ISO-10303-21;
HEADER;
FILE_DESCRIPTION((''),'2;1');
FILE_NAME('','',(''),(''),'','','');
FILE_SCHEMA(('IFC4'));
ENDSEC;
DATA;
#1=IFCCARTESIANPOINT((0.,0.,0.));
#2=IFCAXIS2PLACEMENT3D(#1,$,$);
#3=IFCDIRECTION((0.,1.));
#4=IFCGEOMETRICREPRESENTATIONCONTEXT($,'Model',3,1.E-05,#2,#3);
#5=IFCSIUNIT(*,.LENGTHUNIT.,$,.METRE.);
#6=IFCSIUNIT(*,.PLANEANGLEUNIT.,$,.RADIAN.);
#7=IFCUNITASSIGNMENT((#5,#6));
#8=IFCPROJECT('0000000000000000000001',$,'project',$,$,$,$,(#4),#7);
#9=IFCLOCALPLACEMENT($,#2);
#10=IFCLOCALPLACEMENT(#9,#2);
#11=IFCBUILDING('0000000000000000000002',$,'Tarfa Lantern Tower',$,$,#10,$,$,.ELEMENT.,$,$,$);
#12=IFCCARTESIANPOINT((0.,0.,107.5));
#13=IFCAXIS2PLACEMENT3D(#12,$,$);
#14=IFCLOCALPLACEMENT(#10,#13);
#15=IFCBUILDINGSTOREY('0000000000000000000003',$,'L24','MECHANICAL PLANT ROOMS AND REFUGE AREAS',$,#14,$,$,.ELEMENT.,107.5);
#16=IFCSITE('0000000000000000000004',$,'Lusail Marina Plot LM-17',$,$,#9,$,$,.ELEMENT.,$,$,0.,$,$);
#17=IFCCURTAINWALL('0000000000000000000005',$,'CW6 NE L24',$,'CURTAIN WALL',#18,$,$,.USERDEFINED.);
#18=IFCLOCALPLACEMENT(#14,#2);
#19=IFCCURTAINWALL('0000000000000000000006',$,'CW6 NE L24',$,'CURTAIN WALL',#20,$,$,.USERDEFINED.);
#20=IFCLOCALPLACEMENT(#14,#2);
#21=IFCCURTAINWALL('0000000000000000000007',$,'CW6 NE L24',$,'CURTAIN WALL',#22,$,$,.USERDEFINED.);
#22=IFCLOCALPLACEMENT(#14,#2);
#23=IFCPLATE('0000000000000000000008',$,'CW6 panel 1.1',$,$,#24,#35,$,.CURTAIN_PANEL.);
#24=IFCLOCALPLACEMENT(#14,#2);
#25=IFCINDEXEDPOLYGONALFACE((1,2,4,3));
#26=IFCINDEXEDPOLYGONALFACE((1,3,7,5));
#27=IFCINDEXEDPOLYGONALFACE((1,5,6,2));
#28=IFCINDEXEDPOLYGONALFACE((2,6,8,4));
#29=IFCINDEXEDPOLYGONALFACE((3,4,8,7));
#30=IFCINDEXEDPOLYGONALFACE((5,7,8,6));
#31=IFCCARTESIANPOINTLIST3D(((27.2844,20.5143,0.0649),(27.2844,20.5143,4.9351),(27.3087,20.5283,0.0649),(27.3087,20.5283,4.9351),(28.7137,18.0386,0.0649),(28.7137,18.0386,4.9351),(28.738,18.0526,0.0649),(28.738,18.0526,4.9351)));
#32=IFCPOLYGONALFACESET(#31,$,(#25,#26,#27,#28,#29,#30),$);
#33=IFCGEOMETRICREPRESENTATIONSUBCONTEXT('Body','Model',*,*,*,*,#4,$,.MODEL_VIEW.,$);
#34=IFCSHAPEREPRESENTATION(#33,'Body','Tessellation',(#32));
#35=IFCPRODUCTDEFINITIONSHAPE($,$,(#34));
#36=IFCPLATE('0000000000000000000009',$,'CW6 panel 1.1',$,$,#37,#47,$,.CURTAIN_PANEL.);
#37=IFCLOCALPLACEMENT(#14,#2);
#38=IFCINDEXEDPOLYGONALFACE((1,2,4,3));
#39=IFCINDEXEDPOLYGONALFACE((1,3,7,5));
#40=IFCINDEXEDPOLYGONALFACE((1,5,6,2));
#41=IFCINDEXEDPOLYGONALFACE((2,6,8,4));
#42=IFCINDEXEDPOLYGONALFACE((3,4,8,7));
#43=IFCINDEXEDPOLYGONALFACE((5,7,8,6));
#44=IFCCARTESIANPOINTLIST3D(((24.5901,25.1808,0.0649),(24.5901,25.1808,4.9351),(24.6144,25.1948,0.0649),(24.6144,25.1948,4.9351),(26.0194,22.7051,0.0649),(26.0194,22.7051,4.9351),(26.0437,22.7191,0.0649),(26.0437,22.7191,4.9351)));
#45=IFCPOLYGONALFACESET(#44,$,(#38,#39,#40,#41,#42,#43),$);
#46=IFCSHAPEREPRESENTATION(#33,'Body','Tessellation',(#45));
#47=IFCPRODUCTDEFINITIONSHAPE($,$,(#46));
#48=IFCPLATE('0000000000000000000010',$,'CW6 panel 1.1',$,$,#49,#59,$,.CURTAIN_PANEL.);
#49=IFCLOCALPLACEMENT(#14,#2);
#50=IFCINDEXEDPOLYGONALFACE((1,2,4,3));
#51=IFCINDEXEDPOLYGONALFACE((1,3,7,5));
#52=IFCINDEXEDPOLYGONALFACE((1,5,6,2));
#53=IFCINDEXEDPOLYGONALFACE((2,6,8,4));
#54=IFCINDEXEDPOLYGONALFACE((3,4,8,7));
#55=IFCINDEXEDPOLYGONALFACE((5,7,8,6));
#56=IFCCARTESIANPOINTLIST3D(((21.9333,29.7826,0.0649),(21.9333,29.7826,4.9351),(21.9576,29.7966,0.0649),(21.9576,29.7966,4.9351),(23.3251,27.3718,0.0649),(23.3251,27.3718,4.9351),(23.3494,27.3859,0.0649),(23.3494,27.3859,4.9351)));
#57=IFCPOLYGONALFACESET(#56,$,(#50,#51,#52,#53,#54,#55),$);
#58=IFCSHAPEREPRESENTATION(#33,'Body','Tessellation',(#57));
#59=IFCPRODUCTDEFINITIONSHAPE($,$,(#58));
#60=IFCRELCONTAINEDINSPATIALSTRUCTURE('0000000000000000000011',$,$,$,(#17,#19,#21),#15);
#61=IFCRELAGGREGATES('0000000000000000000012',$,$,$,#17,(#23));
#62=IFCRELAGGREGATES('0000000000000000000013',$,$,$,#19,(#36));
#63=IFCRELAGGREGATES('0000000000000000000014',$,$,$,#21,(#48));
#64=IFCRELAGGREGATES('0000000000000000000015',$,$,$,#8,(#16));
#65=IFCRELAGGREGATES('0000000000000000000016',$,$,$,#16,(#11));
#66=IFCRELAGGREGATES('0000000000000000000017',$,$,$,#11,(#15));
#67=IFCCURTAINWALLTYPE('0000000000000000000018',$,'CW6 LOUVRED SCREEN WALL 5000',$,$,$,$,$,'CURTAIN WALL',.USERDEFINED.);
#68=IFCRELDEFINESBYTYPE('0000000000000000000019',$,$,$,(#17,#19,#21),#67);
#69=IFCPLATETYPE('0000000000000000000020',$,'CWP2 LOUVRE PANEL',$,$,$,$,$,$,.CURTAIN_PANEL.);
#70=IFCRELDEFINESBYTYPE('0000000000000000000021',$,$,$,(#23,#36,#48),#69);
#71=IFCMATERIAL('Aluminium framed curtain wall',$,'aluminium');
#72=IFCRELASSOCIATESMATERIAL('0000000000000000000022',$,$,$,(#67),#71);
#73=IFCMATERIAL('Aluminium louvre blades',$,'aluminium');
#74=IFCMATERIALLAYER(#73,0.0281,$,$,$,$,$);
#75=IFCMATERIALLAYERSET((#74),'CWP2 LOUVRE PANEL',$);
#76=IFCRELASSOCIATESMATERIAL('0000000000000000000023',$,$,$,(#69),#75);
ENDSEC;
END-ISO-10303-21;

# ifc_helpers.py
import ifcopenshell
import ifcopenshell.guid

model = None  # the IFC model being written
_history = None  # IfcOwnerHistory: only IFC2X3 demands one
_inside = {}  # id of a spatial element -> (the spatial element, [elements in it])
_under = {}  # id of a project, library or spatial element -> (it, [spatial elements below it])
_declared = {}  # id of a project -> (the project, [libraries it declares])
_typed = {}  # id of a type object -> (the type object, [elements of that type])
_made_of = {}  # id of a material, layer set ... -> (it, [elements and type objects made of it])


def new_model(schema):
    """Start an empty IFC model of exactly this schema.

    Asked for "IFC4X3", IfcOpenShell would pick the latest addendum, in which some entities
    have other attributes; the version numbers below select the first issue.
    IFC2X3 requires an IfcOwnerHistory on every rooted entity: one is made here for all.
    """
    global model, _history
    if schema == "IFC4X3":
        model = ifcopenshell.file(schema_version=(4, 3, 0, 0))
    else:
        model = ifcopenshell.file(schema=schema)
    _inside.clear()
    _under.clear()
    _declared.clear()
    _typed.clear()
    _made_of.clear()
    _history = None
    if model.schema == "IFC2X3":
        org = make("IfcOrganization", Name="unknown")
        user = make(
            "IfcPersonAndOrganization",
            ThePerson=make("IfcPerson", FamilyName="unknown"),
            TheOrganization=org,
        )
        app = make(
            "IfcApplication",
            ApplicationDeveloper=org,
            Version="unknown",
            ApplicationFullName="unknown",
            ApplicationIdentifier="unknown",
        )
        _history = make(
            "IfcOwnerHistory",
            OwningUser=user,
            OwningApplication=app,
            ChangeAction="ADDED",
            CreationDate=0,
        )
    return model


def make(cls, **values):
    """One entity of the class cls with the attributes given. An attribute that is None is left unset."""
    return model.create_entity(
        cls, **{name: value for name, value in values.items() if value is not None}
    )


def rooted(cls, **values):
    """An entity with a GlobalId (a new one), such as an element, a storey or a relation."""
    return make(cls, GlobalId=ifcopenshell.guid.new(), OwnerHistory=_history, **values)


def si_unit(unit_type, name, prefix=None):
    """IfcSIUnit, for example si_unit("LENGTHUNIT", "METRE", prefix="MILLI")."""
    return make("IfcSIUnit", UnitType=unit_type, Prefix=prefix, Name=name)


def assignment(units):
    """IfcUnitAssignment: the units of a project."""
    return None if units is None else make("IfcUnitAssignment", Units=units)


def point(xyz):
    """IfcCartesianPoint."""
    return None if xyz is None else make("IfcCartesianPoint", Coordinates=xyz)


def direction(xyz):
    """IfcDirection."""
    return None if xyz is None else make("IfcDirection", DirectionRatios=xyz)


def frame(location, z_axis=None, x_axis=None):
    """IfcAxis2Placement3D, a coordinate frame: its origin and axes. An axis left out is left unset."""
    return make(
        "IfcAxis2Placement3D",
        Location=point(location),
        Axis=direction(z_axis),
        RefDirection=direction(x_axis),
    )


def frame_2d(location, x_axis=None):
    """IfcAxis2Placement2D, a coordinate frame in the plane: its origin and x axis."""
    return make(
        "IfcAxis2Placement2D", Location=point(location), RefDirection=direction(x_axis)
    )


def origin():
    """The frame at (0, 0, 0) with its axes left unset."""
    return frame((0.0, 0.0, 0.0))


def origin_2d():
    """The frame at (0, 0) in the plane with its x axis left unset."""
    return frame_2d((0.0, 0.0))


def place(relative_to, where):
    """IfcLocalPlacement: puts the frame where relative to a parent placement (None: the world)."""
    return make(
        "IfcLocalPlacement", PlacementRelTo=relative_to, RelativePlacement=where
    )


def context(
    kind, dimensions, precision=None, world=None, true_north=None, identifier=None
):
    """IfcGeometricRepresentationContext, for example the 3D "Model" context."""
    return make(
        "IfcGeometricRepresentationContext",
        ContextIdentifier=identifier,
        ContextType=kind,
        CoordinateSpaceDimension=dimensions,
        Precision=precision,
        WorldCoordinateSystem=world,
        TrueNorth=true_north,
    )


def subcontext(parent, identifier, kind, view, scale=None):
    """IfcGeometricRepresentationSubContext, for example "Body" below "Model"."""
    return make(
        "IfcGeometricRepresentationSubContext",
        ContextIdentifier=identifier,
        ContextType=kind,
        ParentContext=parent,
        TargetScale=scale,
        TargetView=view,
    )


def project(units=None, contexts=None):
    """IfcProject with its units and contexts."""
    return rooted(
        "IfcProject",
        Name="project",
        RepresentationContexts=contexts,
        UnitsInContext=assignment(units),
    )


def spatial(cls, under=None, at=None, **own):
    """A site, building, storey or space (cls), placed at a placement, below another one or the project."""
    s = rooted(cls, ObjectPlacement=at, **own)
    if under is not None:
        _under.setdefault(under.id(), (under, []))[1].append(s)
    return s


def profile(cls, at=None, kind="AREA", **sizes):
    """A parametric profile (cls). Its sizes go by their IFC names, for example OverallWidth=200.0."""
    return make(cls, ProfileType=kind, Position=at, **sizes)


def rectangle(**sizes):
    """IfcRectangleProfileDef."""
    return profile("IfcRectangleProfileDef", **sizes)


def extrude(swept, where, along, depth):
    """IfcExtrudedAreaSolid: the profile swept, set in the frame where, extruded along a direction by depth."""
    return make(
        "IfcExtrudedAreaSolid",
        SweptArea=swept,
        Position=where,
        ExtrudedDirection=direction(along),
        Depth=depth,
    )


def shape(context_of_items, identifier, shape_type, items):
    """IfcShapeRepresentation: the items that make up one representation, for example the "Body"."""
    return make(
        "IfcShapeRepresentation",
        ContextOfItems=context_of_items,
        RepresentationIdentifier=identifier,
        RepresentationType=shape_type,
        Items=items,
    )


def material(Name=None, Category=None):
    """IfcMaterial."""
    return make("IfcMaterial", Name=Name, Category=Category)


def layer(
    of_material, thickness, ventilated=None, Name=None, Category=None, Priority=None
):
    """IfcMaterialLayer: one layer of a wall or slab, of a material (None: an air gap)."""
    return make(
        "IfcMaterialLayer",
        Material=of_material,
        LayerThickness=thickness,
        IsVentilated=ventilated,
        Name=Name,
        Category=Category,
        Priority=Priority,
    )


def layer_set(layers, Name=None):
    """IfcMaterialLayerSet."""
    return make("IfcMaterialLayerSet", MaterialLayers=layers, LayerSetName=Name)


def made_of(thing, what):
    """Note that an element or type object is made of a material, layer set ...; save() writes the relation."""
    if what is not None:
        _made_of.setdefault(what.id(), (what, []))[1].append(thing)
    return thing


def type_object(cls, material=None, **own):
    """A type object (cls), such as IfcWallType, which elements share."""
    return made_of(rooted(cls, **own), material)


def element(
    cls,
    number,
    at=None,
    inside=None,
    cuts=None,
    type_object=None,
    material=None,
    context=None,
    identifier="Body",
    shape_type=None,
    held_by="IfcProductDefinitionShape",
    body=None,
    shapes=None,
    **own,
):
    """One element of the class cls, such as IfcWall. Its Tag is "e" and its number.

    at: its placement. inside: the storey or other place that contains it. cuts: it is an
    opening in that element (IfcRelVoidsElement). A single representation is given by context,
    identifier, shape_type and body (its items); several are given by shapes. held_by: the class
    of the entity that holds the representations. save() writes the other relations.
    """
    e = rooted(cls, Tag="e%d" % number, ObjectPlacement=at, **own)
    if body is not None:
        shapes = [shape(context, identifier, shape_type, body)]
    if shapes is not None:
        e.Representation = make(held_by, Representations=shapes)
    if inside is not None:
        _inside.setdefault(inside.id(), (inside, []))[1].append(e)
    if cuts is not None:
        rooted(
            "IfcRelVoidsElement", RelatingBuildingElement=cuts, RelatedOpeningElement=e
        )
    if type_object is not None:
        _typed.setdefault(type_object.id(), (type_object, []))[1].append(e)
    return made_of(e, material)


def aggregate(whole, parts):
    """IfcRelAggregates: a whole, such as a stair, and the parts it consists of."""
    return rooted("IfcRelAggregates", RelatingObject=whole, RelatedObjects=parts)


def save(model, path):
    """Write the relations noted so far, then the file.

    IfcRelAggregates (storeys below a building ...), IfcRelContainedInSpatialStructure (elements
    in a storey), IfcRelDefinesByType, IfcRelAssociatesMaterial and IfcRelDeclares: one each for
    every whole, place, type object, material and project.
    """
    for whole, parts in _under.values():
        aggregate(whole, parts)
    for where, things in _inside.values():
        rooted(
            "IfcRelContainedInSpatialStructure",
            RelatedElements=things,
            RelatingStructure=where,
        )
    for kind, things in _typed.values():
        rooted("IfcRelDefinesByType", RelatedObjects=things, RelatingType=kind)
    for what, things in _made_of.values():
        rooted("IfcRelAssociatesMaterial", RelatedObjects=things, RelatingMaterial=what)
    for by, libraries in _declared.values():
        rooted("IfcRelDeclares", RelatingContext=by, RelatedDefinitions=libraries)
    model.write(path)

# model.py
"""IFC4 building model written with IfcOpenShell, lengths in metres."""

from ifc_helpers import new_model, si_unit, direction, frame, origin, origin_2d, place, context, subcontext, project, spatial, rectangle, extrude, material, layer, layer_set, type_object, element, aggregate, save


model = new_model("IFC4")

# Units and contexts
model_context = context("Model", 3, precision=1e-05, world=origin(), true_north=direction((0.0, 1.0)))
body_context = subcontext(model_context, "Body", "Model", "MODEL_VIEW")
ifc_project = project(units=[si_unit("LENGTHUNIT", "METRE"), si_unit("PLANEANGLEUNIT", "RADIAN")], contexts=[model_context])

# Site, building, storey
site_placement = place(None, origin())
site = spatial("IfcSite", under=ifc_project, at=site_placement, Name="Lusail Marina Plot LM-17", CompositionType="ELEMENT", RefElevation=0.0)
building_placement = place(site_placement, origin())
building = spatial("IfcBuilding", under=site, at=building_placement, Name="Tarfa Lantern Tower", CompositionType="ELEMENT")
storey_placement = place(building_placement, frame((0.0, 0.0, 107.5)))
storey = spatial("IfcBuildingStorey", under=building, at=storey_placement, Name="L24", Description="MECHANICAL PLANT ROOMS AND REFUGE AREAS", CompositionType="ELEMENT", Elevation=107.5)

# Shared definitions
ifc_material_1 = material(Name="Aluminium framed curtain wall", Category="aluminium")
curtain_wall_type = type_object("IfcCurtainWallType", Name="CW6 LOUVRED SCREEN WALL 5000", ElementType="CURTAIN WALL", PredefinedType="USERDEFINED", material=ifc_material_1)

# Curtain walls
curtain_wall_1_placement = place(storey_placement, origin())
curtain_wall_1 = element("IfcCurtainWall", 1, at=curtain_wall_1_placement, inside=storey, type_object=curtain_wall_type, Name="CW6 NE L24", ObjectType="CURTAIN WALL", PredefinedType="USERDEFINED")
curtain_wall_2_placement = place(storey_placement, origin())
curtain_wall_2 = element("IfcCurtainWall", 2, at=curtain_wall_2_placement, inside=storey, type_object=curtain_wall_type, Name="CW6 NE L24", ObjectType="CURTAIN WALL", PredefinedType="USERDEFINED")
curtain_wall_3_placement = place(storey_placement, origin())
curtain_wall_3 = element("IfcCurtainWall", 3, at=curtain_wall_3_placement, inside=storey, type_object=curtain_wall_type, Name="CW6 NE L24", ObjectType="CURTAIN WALL", PredefinedType="USERDEFINED")

# Plates
ifc_material_2 = material(Name="Aluminium louvre blades", Category="aluminium")
ifc_layer = layer(ifc_material_2, 0.0281)
ifc_layer_set = layer_set([ifc_layer], Name="CWP2 LOUVRE PANEL")
plate_type = type_object("IfcPlateType", Name="CWP2 LOUVRE PANEL", PredefinedType="CURTAIN_PANEL", material=ifc_layer_set)
plate_1_placement = place(storey_placement, frame((28.0112, 19.2834, 0.0649), z_axis=(0.0, 0.0, 1.0), x_axis=(-0.5, 0.866025, 0.0)))
plate_1 = element("IfcPlate", 4, at=plate_1_placement, type_object=plate_type, Name="CW6 panel 1.1", PredefinedType="CURTAIN_PANEL", context=body_context, shape_type="SweptSolid", body=[
    extrude(rectangle(XDim=2.8586, YDim=0.0281, at=origin_2d()), origin(), (0.0, 0.0, 1.0), 4.8701),
])
aggregate(curtain_wall_1, [plate_1])
plate_2_placement = place(storey_placement, frame((25.3169, 23.95, 0.0649), z_axis=(0.0, 0.0, 1.0), x_axis=(-0.5, 0.866025, 0.0)))
plate_2 = element("IfcPlate", 5, at=plate_2_placement, type_object=plate_type, Name="CW6 panel 1.1", PredefinedType="CURTAIN_PANEL", context=body_context, shape_type="SweptSolid", body=[
    extrude(rectangle(XDim=2.8586, YDim=0.0281, at=origin_2d()), origin(), (0.0, 0.0, 1.0), 4.8701),
])
aggregate(curtain_wall_2, [plate_2])
plate_3_placement = place(storey_placement, frame((22.6414, 28.5842, 0.0649), z_axis=(0.0, 0.0, 1.0), x_axis=(-0.5, 0.866025, 0.0)))
plate_3 = element("IfcPlate", 6, at=plate_3_placement, type_object=plate_type, Name="CW6 panel 1.1", PredefinedType="CURTAIN_PANEL", context=body_context, shape_type="SweptSolid", body=[
    extrude(rectangle(XDim=2.7837, YDim=0.0281, at=origin_2d()), origin(), (0.0, 0.0, 1.0), 4.8701),
])
aggregate(curtain_wall_3, [plate_3])

save(model, "model.ifc")
